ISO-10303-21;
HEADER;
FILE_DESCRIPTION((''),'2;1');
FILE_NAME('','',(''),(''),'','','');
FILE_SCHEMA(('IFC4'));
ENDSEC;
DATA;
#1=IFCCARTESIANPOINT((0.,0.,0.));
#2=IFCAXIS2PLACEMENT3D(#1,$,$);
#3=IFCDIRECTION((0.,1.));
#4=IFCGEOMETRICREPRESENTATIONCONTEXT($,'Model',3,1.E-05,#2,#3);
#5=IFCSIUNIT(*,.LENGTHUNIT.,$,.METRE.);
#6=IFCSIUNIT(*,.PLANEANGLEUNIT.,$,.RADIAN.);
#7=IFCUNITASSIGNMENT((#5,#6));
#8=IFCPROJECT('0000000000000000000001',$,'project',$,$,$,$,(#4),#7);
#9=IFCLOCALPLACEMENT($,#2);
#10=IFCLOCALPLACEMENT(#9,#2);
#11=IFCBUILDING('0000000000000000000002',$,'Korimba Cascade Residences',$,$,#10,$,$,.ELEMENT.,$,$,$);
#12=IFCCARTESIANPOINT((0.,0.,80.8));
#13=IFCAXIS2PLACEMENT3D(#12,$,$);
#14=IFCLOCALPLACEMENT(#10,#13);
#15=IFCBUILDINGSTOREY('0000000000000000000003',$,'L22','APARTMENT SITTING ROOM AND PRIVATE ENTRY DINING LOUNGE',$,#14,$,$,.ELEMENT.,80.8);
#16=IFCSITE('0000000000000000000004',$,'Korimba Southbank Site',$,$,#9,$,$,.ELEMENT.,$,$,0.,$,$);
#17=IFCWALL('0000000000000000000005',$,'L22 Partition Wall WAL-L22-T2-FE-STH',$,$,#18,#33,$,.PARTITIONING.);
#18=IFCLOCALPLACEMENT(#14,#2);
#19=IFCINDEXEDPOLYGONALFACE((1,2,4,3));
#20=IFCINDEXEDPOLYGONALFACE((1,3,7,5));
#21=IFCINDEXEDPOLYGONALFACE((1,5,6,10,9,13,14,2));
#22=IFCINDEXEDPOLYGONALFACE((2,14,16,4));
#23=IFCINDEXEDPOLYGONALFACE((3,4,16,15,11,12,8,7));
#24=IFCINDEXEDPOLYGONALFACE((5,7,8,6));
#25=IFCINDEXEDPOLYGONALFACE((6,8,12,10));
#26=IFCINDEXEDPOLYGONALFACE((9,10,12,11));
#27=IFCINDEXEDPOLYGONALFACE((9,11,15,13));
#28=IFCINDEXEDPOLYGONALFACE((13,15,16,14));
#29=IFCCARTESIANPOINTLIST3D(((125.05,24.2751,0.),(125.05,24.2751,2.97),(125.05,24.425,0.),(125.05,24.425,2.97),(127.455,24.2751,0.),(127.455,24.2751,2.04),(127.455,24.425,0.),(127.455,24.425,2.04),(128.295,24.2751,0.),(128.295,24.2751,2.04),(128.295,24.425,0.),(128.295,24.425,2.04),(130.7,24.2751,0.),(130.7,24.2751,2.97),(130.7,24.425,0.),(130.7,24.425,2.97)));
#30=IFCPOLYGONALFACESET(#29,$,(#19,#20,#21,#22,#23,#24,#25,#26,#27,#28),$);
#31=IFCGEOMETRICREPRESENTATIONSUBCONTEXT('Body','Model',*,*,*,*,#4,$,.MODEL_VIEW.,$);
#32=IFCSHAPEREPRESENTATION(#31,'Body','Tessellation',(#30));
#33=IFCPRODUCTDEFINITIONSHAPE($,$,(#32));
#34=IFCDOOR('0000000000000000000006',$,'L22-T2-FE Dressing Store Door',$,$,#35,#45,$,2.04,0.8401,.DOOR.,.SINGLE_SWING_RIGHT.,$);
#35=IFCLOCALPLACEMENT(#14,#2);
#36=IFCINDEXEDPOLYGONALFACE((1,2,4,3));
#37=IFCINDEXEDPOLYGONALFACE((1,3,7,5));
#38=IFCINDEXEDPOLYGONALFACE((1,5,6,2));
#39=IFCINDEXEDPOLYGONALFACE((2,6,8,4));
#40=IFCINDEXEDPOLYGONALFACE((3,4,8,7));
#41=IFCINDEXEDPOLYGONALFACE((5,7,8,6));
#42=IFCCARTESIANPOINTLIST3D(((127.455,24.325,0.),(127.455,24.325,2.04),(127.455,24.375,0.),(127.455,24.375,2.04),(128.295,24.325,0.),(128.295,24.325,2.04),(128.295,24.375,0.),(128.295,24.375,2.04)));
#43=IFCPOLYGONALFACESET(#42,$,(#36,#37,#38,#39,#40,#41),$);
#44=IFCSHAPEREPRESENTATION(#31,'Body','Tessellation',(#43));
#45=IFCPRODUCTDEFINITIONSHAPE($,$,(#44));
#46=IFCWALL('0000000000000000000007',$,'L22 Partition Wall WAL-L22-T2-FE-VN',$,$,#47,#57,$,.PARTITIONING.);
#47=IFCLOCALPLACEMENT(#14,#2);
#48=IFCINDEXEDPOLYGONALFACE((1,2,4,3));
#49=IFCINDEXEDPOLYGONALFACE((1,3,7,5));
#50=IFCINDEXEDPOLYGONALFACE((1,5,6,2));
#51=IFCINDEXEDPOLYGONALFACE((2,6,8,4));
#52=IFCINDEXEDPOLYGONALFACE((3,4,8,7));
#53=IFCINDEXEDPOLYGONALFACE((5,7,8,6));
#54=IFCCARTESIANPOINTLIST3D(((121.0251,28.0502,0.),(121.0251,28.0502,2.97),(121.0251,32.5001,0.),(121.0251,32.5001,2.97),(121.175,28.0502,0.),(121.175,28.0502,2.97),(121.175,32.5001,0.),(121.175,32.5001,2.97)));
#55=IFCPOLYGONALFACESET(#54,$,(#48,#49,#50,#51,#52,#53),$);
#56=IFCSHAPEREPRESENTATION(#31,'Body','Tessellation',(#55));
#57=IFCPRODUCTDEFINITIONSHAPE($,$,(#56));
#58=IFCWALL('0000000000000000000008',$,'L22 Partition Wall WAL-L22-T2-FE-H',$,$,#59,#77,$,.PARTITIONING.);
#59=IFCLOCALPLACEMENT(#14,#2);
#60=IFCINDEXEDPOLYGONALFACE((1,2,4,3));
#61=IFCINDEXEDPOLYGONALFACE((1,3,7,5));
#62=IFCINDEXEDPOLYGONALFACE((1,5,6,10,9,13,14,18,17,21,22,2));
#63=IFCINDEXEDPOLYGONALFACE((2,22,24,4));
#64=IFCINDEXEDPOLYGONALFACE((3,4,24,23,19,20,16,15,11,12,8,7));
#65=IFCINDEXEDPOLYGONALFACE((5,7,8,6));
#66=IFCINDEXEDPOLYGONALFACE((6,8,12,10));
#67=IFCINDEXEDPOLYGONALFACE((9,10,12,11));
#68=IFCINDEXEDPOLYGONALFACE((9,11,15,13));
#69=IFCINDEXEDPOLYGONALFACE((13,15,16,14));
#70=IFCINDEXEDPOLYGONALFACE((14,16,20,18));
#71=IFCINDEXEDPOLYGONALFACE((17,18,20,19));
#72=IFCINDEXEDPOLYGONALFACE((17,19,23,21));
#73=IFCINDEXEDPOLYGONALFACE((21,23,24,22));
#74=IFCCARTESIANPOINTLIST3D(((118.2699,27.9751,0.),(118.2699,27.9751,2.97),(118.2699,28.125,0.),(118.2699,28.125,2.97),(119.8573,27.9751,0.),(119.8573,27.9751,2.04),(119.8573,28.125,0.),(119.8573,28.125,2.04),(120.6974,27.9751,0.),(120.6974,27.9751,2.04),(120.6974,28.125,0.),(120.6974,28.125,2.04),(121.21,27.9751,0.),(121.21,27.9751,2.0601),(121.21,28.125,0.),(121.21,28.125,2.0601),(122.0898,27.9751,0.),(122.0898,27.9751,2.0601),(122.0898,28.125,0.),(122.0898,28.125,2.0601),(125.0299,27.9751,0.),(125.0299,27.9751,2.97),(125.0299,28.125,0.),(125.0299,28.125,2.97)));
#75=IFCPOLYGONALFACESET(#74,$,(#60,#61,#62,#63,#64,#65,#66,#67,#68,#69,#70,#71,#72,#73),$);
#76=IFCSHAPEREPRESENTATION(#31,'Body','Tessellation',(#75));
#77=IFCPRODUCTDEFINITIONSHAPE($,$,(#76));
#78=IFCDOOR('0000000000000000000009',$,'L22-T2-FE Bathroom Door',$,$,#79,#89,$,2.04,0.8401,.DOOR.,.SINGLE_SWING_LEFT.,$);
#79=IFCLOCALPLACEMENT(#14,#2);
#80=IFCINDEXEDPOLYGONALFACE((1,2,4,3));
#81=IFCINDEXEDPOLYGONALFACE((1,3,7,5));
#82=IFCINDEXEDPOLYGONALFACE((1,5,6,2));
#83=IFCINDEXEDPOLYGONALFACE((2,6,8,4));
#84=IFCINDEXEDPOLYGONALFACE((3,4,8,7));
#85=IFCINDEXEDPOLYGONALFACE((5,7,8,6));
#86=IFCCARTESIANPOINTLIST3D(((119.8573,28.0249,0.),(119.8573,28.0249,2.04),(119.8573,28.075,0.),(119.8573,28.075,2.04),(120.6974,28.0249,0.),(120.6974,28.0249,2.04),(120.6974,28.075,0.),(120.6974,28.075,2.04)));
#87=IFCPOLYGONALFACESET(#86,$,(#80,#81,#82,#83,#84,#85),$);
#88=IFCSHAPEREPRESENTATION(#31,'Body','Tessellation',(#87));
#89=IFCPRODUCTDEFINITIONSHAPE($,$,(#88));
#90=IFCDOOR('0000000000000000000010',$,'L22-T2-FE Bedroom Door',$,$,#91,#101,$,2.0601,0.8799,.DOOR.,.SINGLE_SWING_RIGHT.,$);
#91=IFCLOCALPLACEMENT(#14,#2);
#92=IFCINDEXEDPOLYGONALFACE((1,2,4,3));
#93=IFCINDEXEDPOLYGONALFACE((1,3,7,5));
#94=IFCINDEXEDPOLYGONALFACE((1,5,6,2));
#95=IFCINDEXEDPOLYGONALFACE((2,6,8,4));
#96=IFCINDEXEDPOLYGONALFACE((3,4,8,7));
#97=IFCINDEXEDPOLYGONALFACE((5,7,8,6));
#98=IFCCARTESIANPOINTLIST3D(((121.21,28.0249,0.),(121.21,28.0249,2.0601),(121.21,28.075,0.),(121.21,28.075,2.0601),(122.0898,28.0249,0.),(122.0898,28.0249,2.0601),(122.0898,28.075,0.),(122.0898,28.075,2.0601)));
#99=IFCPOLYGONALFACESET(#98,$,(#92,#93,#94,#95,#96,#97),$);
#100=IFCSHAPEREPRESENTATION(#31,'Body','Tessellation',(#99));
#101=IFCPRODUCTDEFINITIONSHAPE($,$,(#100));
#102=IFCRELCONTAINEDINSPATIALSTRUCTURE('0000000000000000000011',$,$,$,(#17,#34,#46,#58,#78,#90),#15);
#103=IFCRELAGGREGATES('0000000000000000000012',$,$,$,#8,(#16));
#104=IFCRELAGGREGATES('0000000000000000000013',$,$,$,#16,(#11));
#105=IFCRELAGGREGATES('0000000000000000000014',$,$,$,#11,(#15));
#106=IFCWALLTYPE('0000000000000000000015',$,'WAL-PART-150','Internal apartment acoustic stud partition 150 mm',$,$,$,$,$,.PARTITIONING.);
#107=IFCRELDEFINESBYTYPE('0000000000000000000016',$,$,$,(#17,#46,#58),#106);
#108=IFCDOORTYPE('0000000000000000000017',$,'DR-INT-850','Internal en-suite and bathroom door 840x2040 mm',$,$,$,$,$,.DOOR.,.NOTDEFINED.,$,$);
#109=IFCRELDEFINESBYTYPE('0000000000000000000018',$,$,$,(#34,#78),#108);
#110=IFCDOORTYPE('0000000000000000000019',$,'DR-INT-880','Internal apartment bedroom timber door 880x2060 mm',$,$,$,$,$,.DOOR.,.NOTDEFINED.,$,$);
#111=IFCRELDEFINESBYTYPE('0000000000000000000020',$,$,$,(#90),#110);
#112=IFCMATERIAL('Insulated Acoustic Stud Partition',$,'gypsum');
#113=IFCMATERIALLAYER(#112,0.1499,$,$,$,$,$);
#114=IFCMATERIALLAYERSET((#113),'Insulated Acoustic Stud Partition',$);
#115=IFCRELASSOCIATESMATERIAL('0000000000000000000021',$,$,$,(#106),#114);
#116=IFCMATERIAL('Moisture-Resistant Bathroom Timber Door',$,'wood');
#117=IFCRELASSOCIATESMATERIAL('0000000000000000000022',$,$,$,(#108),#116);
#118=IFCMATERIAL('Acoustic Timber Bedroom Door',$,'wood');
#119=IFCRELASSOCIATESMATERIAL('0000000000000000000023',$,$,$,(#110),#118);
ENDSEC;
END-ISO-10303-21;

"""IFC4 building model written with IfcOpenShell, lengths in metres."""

from ifc_helpers import new_model, si_unit, direction, frame, frame_2d, origin, place, context, subcontext, project, spatial, rectangle, extrude, material, layer, layer_set, type_object, element, fill, save


model = new_model("IFC4")

# Units and contexts
model_context = context("Model", 3, precision=1e-05, world=origin(), true_north=direction((0.0, 1.0)))
body_context = subcontext(model_context, "Body", "Model", "MODEL_VIEW")
ifc_project = project(units=[si_unit("LENGTHUNIT", "METRE"), si_unit("PLANEANGLEUNIT", "RADIAN")], contexts=[model_context])

# Site, building, storey
site_placement = place(None, origin())
site = spatial("IfcSite", under=ifc_project, at=site_placement, Name="Korimba Southbank Site", CompositionType="ELEMENT", RefElevation=0.0)
building_placement = place(site_placement, origin())
building = spatial("IfcBuilding", under=site, at=building_placement, Name="Korimba Cascade Residences", CompositionType="ELEMENT")
storey_placement = place(building_placement, frame((0.0, 0.0, 80.8)))
storey = spatial("IfcBuildingStorey", under=building, at=storey_placement, Name="L22", Description="APARTMENT SITTING ROOM AND PRIVATE ENTRY DINING LOUNGE", CompositionType="ELEMENT", Elevation=80.8)

# Wall, opening, door
ifc_material_1 = material(Name="Insulated Acoustic Stud Partition", Category="gypsum")
ifc_layer_1 = layer(ifc_material_1, 0.1499)
ifc_layer_set_1 = layer_set([ifc_layer_1], Name="Insulated Acoustic Stud Partition")
wall_type_1 = type_object("IfcWallType", Name="WAL-PART-150", Description="Internal apartment acoustic stud partition 150 mm", PredefinedType="PARTITIONING", material=ifc_layer_set_1)
wall_1_placement = place(storey_placement, frame((125.05, 24.3501, 0.0), z_axis=(0.0, 0.0, 1.0), x_axis=(1.0, 0.0, 0.0)))
wall_1 = element("IfcWall", 1, at=wall_1_placement, inside=storey, type_object=wall_type_1, Name="L22 Partition Wall WAL-L22-T2-FE-STH", PredefinedType="PARTITIONING", context=body_context, shape_type="SweptSolid", body=[
    extrude(rectangle(XDim=5.6499, YDim=0.1499, at=frame_2d((2.825, 0.0))), origin(), (0.0, 0.0, 1.0), 2.97),
])
opening_1_placement = place(wall_1_placement, frame((2.405, 0.0, 0.0)))
opening_1 = element("IfcOpeningElement", 2, at=opening_1_placement, cuts=wall_1, PredefinedType="OPENING", context=body_context, shape_type="SweptSolid", body=[
    extrude(rectangle(XDim=0.8401, YDim=2.04, at=frame_2d((0.4199, 1.02))), frame((0.0, 0.085, 0.0), z_axis=(0.0, -1.0, 0.0), x_axis=(1.0, 0.0, 0.0)), (0.0, 0.0, 1.0), 0.1699),
])
ifc_material_2 = material(Name="Moisture-Resistant Bathroom Timber Door", Category="wood")
door_type_1 = type_object("IfcDoorType", Name="DR-INT-850", Description="Internal en-suite and bathroom door 840x2040 mm", OperationType="NOTDEFINED", PredefinedType="DOOR", material=ifc_material_2)
door_1_placement = place(opening_1_placement, origin())
door_1 = element("IfcDoor", 3, at=door_1_placement, inside=storey, type_object=door_type_1, Name="L22-T2-FE Dressing Store Door", OperationType="SINGLE_SWING_RIGHT", OverallHeight=2.04, OverallWidth=0.8401, PredefinedType="DOOR", context=body_context, shape_type="SweptSolid", body=[
    extrude(rectangle(XDim=0.8401, YDim=2.04, at=frame_2d((0.4199, 1.02))), frame((0.0, 0.0249, 0.0), z_axis=(0.0, -1.0, 0.0), x_axis=(1.0, 0.0, 0.0)), (0.0, 0.0, 1.0), 0.05),
])
fill(opening_1, door_1)

# Wall
wall_2_placement = place(storey_placement, frame((121.1001, 28.05, 0.0), z_axis=(0.0, 0.0, 1.0), x_axis=(0.0, 1.0, 0.0)))
element("IfcWall", 4, at=wall_2_placement, inside=storey, type_object=wall_type_1, Name="L22 Partition Wall WAL-L22-T2-FE-VN", PredefinedType="PARTITIONING", context=body_context, shape_type="SweptSolid", body=[
    extrude(rectangle(XDim=4.45, YDim=0.1499, at=frame_2d((2.2251, 0.0))), origin(), (0.0, 0.0, 1.0), 2.97),
])

# Wall, openings, doors
wall_3_placement = place(storey_placement, frame((118.27, 28.05, 0.0), z_axis=(0.0, 0.0, 1.0), x_axis=(1.0, 0.0, 0.0)))
wall_3 = element("IfcWall", 5, at=wall_3_placement, inside=storey, type_object=wall_type_1, Name="L22 Partition Wall WAL-L22-T2-FE-H", PredefinedType="PARTITIONING", context=body_context, shape_type="SweptSolid", body=[
    extrude(rectangle(XDim=6.76, YDim=0.1499, at=frame_2d((3.3799, 0.0))), origin(), (0.0, 0.0, 1.0), 2.97),
])
opening_2_placement = place(wall_3_placement, frame((1.5874, 0.0, 0.0)))
opening_2 = element("IfcOpeningElement", 6, at=opening_2_placement, cuts=wall_3, PredefinedType="OPENING", context=body_context, shape_type="SweptSolid", body=[
    extrude(rectangle(XDim=0.8401, YDim=2.04, at=frame_2d((0.4199, 1.02))), frame((0.0, 0.085, 0.0), z_axis=(0.0, -1.0, 0.0), x_axis=(1.0, 0.0, 0.0)), (0.0, 0.0, 1.0), 0.1699),
])
opening_3_placement = place(wall_3_placement, frame((2.9399, 0.0, 0.0)))
opening_3 = element("IfcOpeningElement", 7, at=opening_3_placement, cuts=wall_3, PredefinedType="OPENING", context=body_context, shape_type="SweptSolid", body=[
    extrude(rectangle(XDim=0.8799, YDim=2.0601, at=frame_2d((0.4399, 1.03))), frame((0.0, 0.085, 0.0), z_axis=(0.0, -1.0, 0.0), x_axis=(1.0, 0.0, 0.0)), (0.0, 0.0, 1.0), 0.1699),
])
door_2_placement = place(opening_2_placement, origin())
door_2 = element("IfcDoor", 8, at=door_2_placement, inside=storey, type_object=door_type_1, Name="L22-T2-FE Bathroom Door", OperationType="SINGLE_SWING_LEFT", OverallHeight=2.04, OverallWidth=0.8401, PredefinedType="DOOR", context=body_context, shape_type="SweptSolid", body=[
    extrude(rectangle(XDim=0.8401, YDim=2.04, at=frame_2d((0.4199, 1.02))), frame((0.0, 0.0249, 0.0), z_axis=(0.0, -1.0, 0.0), x_axis=(1.0, 0.0, 0.0)), (0.0, 0.0, 1.0), 0.05),
])
fill(opening_2, door_2)
ifc_material_3 = material(Name="Acoustic Timber Bedroom Door", Category="wood")
door_type_2 = type_object("IfcDoorType", Name="DR-INT-880", Description="Internal apartment bedroom timber door 880x2060 mm", OperationType="NOTDEFINED", PredefinedType="DOOR", material=ifc_material_3)
door_3_placement = place(opening_3_placement, origin())
door_3 = element("IfcDoor", 9, at=door_3_placement, inside=storey, type_object=door_type_2, Name="L22-T2-FE Bedroom Door", OperationType="SINGLE_SWING_RIGHT", OverallHeight=2.0601, OverallWidth=0.8799, PredefinedType="DOOR", context=body_context, shape_type="SweptSolid", body=[
    extrude(rectangle(XDim=0.8799, YDim=2.0601, at=frame_2d((0.4399, 1.03))), frame((0.0, 0.0249, 0.0), z_axis=(0.0, -1.0, 0.0), x_axis=(1.0, 0.0, 0.0)), (0.0, 0.0, 1.0), 0.05),
])
fill(opening_3, door_3)

save(model, "model.ifc")
